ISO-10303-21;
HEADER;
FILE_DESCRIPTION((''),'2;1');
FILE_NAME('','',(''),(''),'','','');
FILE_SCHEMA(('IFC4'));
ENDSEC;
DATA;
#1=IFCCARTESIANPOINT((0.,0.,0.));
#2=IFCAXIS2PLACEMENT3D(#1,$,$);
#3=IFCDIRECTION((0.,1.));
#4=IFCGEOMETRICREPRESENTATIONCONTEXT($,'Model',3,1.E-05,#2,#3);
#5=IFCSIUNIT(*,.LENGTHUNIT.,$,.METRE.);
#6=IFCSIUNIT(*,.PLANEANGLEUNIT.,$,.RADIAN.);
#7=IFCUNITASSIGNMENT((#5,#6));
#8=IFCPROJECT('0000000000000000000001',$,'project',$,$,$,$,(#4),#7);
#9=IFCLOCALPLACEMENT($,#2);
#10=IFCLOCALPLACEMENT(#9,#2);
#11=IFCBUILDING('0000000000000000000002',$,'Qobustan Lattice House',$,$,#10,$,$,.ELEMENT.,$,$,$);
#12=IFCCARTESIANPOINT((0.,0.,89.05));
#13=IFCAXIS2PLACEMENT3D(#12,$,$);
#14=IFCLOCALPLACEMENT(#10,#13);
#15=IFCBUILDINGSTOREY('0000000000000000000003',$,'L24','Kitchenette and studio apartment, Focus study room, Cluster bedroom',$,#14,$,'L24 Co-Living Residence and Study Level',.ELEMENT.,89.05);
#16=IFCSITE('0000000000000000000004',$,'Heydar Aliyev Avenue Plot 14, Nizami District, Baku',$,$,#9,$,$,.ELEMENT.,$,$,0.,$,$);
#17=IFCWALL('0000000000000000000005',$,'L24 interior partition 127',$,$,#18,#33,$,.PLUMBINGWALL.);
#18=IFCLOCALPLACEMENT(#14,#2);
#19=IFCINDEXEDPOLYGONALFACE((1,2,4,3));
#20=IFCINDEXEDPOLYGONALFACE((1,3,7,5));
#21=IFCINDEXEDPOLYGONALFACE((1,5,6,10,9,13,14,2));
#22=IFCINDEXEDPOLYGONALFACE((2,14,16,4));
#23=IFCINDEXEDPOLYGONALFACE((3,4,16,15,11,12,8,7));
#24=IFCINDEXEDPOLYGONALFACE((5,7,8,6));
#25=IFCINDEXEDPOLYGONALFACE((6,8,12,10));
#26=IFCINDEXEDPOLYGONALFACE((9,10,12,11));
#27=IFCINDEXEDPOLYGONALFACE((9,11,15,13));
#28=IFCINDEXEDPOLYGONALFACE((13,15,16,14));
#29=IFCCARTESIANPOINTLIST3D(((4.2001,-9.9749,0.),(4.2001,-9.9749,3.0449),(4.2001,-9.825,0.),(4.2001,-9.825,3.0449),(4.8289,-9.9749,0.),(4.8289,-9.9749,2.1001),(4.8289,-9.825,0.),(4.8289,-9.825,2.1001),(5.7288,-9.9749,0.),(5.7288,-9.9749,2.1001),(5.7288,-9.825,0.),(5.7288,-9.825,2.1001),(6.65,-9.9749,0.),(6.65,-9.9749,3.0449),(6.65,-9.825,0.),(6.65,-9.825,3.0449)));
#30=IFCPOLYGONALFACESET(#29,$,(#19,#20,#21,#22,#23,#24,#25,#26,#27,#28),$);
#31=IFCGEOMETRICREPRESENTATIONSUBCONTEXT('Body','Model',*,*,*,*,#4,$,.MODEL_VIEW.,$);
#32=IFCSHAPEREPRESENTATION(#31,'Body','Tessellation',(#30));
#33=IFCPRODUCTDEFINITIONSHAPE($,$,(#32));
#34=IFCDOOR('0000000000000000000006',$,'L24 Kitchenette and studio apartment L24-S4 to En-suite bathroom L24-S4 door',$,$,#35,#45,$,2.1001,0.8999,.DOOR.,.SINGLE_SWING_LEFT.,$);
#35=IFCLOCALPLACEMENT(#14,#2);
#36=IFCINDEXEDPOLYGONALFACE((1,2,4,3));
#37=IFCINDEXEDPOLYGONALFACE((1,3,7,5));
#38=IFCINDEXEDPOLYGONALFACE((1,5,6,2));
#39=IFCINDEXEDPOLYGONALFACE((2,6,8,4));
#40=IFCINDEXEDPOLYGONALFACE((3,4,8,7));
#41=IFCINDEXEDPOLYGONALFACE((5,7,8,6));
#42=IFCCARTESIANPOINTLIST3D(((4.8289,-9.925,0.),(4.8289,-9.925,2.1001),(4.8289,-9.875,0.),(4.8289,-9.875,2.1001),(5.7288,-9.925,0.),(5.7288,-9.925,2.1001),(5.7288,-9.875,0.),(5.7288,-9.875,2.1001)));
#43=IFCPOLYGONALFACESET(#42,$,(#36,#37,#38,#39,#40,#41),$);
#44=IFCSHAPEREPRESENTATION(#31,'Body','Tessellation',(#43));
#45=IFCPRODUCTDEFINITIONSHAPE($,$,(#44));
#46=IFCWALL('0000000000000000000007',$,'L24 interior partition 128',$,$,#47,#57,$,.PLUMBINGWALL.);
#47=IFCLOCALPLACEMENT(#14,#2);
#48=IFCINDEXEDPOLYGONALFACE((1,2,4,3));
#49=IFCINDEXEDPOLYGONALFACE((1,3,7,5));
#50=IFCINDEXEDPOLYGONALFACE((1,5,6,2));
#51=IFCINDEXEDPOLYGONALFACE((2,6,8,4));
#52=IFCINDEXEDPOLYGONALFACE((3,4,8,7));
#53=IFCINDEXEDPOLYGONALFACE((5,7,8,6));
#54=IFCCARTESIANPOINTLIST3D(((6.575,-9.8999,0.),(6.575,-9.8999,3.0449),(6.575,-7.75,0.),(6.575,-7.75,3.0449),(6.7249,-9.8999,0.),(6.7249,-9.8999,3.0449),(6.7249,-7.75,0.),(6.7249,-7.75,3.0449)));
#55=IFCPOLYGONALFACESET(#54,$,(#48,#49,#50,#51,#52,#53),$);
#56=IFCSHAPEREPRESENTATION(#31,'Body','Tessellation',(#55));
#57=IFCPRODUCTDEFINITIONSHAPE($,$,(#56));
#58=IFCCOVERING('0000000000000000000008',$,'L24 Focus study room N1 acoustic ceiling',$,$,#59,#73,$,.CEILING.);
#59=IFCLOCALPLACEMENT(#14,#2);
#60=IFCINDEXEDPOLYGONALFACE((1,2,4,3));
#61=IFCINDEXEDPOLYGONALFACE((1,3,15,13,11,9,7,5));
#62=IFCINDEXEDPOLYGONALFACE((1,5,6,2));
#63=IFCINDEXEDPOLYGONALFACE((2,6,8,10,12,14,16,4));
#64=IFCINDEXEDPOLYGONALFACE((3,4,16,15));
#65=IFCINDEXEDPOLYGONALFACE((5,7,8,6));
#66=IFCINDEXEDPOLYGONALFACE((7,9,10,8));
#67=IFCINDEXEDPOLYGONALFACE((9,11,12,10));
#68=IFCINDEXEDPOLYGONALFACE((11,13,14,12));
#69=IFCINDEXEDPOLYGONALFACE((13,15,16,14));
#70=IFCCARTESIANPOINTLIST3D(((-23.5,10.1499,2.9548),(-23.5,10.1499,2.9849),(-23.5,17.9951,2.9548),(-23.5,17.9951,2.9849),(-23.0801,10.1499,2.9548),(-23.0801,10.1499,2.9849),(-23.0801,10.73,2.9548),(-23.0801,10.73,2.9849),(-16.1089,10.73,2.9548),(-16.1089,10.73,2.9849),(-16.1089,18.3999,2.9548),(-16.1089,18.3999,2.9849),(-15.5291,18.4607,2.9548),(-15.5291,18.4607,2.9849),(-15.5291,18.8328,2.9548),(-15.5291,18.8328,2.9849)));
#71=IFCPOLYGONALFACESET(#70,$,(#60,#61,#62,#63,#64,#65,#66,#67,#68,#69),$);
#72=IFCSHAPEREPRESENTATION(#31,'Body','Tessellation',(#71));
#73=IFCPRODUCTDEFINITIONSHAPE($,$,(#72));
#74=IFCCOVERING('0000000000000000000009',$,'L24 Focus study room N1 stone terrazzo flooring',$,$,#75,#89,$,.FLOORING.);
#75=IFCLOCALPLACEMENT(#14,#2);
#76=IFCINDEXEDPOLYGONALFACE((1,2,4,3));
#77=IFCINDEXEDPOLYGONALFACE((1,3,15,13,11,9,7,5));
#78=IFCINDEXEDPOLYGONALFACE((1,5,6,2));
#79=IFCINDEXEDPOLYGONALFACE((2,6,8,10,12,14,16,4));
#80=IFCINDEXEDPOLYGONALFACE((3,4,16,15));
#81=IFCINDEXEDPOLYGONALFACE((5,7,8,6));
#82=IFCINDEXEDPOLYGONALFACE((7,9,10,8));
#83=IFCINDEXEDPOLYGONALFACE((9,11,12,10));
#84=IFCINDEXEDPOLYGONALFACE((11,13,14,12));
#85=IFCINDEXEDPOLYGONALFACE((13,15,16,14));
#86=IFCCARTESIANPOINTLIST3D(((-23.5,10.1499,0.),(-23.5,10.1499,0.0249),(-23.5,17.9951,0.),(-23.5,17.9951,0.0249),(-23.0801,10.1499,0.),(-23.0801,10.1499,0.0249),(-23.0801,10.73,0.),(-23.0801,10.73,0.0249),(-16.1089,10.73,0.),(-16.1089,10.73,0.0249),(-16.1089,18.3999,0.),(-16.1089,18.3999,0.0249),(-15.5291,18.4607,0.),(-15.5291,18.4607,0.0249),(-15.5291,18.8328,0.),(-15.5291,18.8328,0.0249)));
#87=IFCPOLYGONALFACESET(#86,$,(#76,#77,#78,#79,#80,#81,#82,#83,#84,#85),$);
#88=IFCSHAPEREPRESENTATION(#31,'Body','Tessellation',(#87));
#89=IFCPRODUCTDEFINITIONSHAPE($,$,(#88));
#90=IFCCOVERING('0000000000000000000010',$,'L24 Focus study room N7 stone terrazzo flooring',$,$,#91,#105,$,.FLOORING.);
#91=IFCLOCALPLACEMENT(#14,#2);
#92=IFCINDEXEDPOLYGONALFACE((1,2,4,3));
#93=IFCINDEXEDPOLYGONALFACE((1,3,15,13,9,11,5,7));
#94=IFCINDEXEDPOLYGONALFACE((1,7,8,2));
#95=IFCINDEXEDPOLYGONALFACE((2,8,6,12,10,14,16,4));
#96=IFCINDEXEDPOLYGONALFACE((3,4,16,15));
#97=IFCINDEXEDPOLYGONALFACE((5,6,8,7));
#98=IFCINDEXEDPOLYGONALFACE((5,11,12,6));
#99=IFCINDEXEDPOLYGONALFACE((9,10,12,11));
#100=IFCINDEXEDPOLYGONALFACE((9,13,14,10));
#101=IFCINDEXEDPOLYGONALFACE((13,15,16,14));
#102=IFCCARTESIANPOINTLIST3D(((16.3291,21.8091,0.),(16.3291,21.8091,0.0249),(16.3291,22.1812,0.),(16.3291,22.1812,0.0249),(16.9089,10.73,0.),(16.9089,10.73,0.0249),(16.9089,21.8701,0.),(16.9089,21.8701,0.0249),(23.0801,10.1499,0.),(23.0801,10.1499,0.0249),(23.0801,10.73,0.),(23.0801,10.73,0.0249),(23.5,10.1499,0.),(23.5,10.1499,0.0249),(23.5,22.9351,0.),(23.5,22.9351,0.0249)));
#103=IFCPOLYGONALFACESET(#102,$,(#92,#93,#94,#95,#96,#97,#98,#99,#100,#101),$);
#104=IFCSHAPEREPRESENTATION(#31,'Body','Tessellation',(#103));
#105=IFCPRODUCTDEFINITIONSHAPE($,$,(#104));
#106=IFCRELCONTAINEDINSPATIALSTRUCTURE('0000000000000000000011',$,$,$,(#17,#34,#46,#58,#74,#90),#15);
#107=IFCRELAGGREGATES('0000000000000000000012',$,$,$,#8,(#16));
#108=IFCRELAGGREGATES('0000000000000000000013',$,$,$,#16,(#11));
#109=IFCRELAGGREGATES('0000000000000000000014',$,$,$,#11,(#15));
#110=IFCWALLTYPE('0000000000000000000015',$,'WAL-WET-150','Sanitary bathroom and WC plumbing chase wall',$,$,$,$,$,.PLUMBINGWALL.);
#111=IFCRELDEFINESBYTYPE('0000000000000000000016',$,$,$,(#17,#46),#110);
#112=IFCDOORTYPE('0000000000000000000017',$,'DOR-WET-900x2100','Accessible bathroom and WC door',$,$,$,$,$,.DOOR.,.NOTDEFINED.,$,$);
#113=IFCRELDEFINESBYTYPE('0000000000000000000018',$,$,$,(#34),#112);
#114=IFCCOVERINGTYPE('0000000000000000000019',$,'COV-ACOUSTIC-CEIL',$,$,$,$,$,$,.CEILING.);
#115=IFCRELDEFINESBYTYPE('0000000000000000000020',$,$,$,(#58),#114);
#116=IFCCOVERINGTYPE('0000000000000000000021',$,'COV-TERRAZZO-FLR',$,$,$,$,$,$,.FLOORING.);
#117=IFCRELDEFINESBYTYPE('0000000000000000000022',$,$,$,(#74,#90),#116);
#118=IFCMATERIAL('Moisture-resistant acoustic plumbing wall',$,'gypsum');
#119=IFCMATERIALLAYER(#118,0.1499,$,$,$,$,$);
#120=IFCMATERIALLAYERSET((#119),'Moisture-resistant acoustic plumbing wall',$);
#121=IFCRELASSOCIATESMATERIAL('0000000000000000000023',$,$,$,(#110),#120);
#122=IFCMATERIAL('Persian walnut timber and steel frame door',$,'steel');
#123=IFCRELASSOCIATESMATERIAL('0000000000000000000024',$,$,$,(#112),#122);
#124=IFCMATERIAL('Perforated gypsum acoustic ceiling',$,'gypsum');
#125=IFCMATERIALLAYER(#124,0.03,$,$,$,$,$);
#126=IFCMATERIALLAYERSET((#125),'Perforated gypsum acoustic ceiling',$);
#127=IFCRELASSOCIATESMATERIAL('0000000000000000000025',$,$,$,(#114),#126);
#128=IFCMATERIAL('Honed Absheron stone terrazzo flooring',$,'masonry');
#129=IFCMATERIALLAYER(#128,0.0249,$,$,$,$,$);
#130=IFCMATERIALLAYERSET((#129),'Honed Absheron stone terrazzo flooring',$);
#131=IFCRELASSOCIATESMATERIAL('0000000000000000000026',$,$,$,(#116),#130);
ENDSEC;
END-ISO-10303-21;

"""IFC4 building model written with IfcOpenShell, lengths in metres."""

from ifc_helpers import new_model, si_unit, direction, frame, frame_2d, origin, place, context, subcontext, project, spatial, polyline, rectangle, outline, extrude, material, layer, layer_set, type_object, element, fill, save


model = new_model("IFC4")

# Units and contexts
model_context = context("Model", 3, precision=1e-05, world=origin(), true_north=direction((0.0, 1.0)))
body_context = subcontext(model_context, "Body", "Model", "MODEL_VIEW")
ifc_project = project(units=[si_unit("LENGTHUNIT", "METRE"), si_unit("PLANEANGLEUNIT", "RADIAN")], contexts=[model_context])

# Site, building, storey
site_placement = place(None, origin())
site = spatial("IfcSite", under=ifc_project, at=site_placement, Name="Heydar Aliyev Avenue Plot 14, Nizami District, Baku", CompositionType="ELEMENT", RefElevation=0.0)
building_placement = place(site_placement, origin())
building = spatial("IfcBuilding", under=site, at=building_placement, Name="Qobustan Lattice House", CompositionType="ELEMENT")
storey_placement = place(building_placement, frame((0.0, 0.0, 89.05)))
storey = spatial("IfcBuildingStorey", under=building, at=storey_placement, Name="L24", Description="Kitchenette and studio apartment, Focus study room, Cluster bedroom", LongName="L24 Co-Living Residence and Study Level", CompositionType="ELEMENT", Elevation=89.05)

# Shared definitions
ifc_material_1 = material(Name="Moisture-resistant acoustic plumbing wall", Category="gypsum")
ifc_layer_1 = layer(ifc_material_1, 0.1499)
ifc_layer_set_1 = layer_set([ifc_layer_1], Name="Moisture-resistant acoustic plumbing wall")
wall_type_1 = type_object("IfcWallType", Name="WAL-WET-150", Description="Sanitary bathroom and WC plumbing chase wall", PredefinedType="PLUMBINGWALL", material=ifc_layer_set_1)

# Wall, opening, door
wall_1_placement = place(storey_placement, frame((4.2, -9.8999, 0.0), z_axis=(0.0, 0.0, 1.0), x_axis=(1.0, 0.0, 0.0)))
wall_1 = element("IfcWall", 1, at=wall_1_placement, inside=storey, type_object=wall_type_1, Name="L24 interior partition 127", PredefinedType="PLUMBINGWALL", context=body_context, shape_type="SweptSolid", body=[
    extrude(rectangle(XDim=2.45, YDim=0.1499, at=frame_2d((1.2251, 0.0))), origin(), (0.0, 0.0, 1.0), 3.0449),
])
opening_1_placement = place(wall_1_placement, frame((0.6289, 0.0, 0.0)))
opening_1 = element("IfcOpeningElement", 2, at=opening_1_placement, cuts=wall_1, PredefinedType="OPENING", context=body_context, shape_type="SweptSolid", body=[
    extrude(rectangle(XDim=0.8999, YDim=2.1001, at=frame_2d((0.45, 1.05))), frame((0.0, 0.085, 0.0), z_axis=(0.0, -1.0, 0.0), x_axis=(1.0, 0.0, 0.0)), (0.0, 0.0, 1.0), 0.1699),
])
ifc_material_2 = material(Name="Persian walnut timber and steel frame door", Category="steel")
door_type_1 = type_object("IfcDoorType", Name="DOR-WET-900x2100", Description="Accessible bathroom and WC door", OperationType="NOTDEFINED", PredefinedType="DOOR", material=ifc_material_2)
door_1_placement = place(opening_1_placement, origin())
door_1 = element("IfcDoor", 3, at=door_1_placement, inside=storey, type_object=door_type_1, Name="L24 Kitchenette and studio apartment L24-S4 to En-suite bathroom L24-S4 door", OperationType="SINGLE_SWING_LEFT", OverallHeight=2.1001, OverallWidth=0.8999, PredefinedType="DOOR", context=body_context, shape_type="SweptSolid", body=[
    extrude(rectangle(XDim=0.8999, YDim=2.1001, at=frame_2d((0.45, 1.05))), frame((0.0, 0.0249, 0.0), z_axis=(0.0, -1.0, 0.0), x_axis=(1.0, 0.0, 0.0)), (0.0, 0.0, 1.0), 0.05),
])
fill(opening_1, door_1)

# Wall
wall_2_placement = place(storey_placement, frame((6.6499, -9.8999, 0.0), z_axis=(0.0, 0.0, 1.0), x_axis=(0.0, 1.0, 0.0)))
element("IfcWall", 4, at=wall_2_placement, inside=storey, type_object=wall_type_1, Name="L24 interior partition 128", PredefinedType="PLUMBINGWALL", context=body_context, shape_type="SweptSolid", body=[
    extrude(rectangle(XDim=2.1499, YDim=0.1499, at=frame_2d((1.075, 0.0))), origin(), (0.0, 0.0, 1.0), 3.0449),
])

# Coverings
ifc_material_3 = material(Name="Perforated gypsum acoustic ceiling", Category="gypsum")
ifc_layer_2 = layer(ifc_material_3, 0.03)
ifc_layer_set_2 = layer_set([ifc_layer_2], Name="Perforated gypsum acoustic ceiling")
covering_type_1 = type_object("IfcCoveringType", Name="COV-ACOUSTIC-CEIL", PredefinedType="CEILING", material=ifc_layer_set_2)
covering_1_placement = place(storey_placement, frame((0.0, 0.0, 2.9548)))
element("IfcCovering", 5, at=covering_1_placement, inside=storey, type_object=covering_type_1, Name="L24 Focus study room N1 acoustic ceiling", PredefinedType="CEILING", context=body_context, shape_type="SweptSolid", body=[
    extrude(outline(polyline([(-15.5291, 18.8328), (-23.5, 17.9951), (-23.5, 10.1499), (-23.0801, 10.1499), (-23.0801, 10.73), (-16.1089, 10.73), (-16.1089, 18.3999), (-15.5291, 18.4607), (-15.5291, 18.8328)])), origin(), (0.0, 0.0, 1.0), 0.03),
])
ifc_material_4 = material(Name="Honed Absheron stone terrazzo flooring", Category="masonry")
ifc_layer_3 = layer(ifc_material_4, 0.0249)
ifc_layer_set_3 = layer_set([ifc_layer_3], Name="Honed Absheron stone terrazzo flooring")
covering_type_2 = type_object("IfcCoveringType", Name="COV-TERRAZZO-FLR", PredefinedType="FLOORING", material=ifc_layer_set_3)
covering_2_placement = place(storey_placement, origin())
element("IfcCovering", 6, at=covering_2_placement, inside=storey, type_object=covering_type_2, Name="L24 Focus study room N1 stone terrazzo flooring", PredefinedType="FLOORING", context=body_context, shape_type="SweptSolid", body=[
    extrude(outline(polyline([(-15.5291, 18.8328), (-23.5, 17.9951), (-23.5, 10.1499), (-23.0801, 10.1499), (-23.0801, 10.73), (-16.1089, 10.73), (-16.1089, 18.3999), (-15.5291, 18.4607), (-15.5291, 18.8328)])), origin(), (0.0, 0.0, 1.0), 0.0249),
])
covering_3_placement = place(storey_placement, origin())
element("IfcCovering", 7, at=covering_3_placement, inside=storey, type_object=covering_type_2, Name="L24 Focus study room N7 stone terrazzo flooring", PredefinedType="FLOORING", context=body_context, shape_type="SweptSolid", body=[
    extrude(outline(polyline([(16.3291, 22.1812), (16.3291, 21.8091), (16.9089, 21.8701), (16.9089, 10.73), (23.0801, 10.73), (23.0801, 10.1499), (23.5, 10.1499), (23.5, 22.9351), (16.3291, 22.1812)])), origin(), (0.0, 0.0, 1.0), 0.0249),
])

save(model, "model.ifc")
